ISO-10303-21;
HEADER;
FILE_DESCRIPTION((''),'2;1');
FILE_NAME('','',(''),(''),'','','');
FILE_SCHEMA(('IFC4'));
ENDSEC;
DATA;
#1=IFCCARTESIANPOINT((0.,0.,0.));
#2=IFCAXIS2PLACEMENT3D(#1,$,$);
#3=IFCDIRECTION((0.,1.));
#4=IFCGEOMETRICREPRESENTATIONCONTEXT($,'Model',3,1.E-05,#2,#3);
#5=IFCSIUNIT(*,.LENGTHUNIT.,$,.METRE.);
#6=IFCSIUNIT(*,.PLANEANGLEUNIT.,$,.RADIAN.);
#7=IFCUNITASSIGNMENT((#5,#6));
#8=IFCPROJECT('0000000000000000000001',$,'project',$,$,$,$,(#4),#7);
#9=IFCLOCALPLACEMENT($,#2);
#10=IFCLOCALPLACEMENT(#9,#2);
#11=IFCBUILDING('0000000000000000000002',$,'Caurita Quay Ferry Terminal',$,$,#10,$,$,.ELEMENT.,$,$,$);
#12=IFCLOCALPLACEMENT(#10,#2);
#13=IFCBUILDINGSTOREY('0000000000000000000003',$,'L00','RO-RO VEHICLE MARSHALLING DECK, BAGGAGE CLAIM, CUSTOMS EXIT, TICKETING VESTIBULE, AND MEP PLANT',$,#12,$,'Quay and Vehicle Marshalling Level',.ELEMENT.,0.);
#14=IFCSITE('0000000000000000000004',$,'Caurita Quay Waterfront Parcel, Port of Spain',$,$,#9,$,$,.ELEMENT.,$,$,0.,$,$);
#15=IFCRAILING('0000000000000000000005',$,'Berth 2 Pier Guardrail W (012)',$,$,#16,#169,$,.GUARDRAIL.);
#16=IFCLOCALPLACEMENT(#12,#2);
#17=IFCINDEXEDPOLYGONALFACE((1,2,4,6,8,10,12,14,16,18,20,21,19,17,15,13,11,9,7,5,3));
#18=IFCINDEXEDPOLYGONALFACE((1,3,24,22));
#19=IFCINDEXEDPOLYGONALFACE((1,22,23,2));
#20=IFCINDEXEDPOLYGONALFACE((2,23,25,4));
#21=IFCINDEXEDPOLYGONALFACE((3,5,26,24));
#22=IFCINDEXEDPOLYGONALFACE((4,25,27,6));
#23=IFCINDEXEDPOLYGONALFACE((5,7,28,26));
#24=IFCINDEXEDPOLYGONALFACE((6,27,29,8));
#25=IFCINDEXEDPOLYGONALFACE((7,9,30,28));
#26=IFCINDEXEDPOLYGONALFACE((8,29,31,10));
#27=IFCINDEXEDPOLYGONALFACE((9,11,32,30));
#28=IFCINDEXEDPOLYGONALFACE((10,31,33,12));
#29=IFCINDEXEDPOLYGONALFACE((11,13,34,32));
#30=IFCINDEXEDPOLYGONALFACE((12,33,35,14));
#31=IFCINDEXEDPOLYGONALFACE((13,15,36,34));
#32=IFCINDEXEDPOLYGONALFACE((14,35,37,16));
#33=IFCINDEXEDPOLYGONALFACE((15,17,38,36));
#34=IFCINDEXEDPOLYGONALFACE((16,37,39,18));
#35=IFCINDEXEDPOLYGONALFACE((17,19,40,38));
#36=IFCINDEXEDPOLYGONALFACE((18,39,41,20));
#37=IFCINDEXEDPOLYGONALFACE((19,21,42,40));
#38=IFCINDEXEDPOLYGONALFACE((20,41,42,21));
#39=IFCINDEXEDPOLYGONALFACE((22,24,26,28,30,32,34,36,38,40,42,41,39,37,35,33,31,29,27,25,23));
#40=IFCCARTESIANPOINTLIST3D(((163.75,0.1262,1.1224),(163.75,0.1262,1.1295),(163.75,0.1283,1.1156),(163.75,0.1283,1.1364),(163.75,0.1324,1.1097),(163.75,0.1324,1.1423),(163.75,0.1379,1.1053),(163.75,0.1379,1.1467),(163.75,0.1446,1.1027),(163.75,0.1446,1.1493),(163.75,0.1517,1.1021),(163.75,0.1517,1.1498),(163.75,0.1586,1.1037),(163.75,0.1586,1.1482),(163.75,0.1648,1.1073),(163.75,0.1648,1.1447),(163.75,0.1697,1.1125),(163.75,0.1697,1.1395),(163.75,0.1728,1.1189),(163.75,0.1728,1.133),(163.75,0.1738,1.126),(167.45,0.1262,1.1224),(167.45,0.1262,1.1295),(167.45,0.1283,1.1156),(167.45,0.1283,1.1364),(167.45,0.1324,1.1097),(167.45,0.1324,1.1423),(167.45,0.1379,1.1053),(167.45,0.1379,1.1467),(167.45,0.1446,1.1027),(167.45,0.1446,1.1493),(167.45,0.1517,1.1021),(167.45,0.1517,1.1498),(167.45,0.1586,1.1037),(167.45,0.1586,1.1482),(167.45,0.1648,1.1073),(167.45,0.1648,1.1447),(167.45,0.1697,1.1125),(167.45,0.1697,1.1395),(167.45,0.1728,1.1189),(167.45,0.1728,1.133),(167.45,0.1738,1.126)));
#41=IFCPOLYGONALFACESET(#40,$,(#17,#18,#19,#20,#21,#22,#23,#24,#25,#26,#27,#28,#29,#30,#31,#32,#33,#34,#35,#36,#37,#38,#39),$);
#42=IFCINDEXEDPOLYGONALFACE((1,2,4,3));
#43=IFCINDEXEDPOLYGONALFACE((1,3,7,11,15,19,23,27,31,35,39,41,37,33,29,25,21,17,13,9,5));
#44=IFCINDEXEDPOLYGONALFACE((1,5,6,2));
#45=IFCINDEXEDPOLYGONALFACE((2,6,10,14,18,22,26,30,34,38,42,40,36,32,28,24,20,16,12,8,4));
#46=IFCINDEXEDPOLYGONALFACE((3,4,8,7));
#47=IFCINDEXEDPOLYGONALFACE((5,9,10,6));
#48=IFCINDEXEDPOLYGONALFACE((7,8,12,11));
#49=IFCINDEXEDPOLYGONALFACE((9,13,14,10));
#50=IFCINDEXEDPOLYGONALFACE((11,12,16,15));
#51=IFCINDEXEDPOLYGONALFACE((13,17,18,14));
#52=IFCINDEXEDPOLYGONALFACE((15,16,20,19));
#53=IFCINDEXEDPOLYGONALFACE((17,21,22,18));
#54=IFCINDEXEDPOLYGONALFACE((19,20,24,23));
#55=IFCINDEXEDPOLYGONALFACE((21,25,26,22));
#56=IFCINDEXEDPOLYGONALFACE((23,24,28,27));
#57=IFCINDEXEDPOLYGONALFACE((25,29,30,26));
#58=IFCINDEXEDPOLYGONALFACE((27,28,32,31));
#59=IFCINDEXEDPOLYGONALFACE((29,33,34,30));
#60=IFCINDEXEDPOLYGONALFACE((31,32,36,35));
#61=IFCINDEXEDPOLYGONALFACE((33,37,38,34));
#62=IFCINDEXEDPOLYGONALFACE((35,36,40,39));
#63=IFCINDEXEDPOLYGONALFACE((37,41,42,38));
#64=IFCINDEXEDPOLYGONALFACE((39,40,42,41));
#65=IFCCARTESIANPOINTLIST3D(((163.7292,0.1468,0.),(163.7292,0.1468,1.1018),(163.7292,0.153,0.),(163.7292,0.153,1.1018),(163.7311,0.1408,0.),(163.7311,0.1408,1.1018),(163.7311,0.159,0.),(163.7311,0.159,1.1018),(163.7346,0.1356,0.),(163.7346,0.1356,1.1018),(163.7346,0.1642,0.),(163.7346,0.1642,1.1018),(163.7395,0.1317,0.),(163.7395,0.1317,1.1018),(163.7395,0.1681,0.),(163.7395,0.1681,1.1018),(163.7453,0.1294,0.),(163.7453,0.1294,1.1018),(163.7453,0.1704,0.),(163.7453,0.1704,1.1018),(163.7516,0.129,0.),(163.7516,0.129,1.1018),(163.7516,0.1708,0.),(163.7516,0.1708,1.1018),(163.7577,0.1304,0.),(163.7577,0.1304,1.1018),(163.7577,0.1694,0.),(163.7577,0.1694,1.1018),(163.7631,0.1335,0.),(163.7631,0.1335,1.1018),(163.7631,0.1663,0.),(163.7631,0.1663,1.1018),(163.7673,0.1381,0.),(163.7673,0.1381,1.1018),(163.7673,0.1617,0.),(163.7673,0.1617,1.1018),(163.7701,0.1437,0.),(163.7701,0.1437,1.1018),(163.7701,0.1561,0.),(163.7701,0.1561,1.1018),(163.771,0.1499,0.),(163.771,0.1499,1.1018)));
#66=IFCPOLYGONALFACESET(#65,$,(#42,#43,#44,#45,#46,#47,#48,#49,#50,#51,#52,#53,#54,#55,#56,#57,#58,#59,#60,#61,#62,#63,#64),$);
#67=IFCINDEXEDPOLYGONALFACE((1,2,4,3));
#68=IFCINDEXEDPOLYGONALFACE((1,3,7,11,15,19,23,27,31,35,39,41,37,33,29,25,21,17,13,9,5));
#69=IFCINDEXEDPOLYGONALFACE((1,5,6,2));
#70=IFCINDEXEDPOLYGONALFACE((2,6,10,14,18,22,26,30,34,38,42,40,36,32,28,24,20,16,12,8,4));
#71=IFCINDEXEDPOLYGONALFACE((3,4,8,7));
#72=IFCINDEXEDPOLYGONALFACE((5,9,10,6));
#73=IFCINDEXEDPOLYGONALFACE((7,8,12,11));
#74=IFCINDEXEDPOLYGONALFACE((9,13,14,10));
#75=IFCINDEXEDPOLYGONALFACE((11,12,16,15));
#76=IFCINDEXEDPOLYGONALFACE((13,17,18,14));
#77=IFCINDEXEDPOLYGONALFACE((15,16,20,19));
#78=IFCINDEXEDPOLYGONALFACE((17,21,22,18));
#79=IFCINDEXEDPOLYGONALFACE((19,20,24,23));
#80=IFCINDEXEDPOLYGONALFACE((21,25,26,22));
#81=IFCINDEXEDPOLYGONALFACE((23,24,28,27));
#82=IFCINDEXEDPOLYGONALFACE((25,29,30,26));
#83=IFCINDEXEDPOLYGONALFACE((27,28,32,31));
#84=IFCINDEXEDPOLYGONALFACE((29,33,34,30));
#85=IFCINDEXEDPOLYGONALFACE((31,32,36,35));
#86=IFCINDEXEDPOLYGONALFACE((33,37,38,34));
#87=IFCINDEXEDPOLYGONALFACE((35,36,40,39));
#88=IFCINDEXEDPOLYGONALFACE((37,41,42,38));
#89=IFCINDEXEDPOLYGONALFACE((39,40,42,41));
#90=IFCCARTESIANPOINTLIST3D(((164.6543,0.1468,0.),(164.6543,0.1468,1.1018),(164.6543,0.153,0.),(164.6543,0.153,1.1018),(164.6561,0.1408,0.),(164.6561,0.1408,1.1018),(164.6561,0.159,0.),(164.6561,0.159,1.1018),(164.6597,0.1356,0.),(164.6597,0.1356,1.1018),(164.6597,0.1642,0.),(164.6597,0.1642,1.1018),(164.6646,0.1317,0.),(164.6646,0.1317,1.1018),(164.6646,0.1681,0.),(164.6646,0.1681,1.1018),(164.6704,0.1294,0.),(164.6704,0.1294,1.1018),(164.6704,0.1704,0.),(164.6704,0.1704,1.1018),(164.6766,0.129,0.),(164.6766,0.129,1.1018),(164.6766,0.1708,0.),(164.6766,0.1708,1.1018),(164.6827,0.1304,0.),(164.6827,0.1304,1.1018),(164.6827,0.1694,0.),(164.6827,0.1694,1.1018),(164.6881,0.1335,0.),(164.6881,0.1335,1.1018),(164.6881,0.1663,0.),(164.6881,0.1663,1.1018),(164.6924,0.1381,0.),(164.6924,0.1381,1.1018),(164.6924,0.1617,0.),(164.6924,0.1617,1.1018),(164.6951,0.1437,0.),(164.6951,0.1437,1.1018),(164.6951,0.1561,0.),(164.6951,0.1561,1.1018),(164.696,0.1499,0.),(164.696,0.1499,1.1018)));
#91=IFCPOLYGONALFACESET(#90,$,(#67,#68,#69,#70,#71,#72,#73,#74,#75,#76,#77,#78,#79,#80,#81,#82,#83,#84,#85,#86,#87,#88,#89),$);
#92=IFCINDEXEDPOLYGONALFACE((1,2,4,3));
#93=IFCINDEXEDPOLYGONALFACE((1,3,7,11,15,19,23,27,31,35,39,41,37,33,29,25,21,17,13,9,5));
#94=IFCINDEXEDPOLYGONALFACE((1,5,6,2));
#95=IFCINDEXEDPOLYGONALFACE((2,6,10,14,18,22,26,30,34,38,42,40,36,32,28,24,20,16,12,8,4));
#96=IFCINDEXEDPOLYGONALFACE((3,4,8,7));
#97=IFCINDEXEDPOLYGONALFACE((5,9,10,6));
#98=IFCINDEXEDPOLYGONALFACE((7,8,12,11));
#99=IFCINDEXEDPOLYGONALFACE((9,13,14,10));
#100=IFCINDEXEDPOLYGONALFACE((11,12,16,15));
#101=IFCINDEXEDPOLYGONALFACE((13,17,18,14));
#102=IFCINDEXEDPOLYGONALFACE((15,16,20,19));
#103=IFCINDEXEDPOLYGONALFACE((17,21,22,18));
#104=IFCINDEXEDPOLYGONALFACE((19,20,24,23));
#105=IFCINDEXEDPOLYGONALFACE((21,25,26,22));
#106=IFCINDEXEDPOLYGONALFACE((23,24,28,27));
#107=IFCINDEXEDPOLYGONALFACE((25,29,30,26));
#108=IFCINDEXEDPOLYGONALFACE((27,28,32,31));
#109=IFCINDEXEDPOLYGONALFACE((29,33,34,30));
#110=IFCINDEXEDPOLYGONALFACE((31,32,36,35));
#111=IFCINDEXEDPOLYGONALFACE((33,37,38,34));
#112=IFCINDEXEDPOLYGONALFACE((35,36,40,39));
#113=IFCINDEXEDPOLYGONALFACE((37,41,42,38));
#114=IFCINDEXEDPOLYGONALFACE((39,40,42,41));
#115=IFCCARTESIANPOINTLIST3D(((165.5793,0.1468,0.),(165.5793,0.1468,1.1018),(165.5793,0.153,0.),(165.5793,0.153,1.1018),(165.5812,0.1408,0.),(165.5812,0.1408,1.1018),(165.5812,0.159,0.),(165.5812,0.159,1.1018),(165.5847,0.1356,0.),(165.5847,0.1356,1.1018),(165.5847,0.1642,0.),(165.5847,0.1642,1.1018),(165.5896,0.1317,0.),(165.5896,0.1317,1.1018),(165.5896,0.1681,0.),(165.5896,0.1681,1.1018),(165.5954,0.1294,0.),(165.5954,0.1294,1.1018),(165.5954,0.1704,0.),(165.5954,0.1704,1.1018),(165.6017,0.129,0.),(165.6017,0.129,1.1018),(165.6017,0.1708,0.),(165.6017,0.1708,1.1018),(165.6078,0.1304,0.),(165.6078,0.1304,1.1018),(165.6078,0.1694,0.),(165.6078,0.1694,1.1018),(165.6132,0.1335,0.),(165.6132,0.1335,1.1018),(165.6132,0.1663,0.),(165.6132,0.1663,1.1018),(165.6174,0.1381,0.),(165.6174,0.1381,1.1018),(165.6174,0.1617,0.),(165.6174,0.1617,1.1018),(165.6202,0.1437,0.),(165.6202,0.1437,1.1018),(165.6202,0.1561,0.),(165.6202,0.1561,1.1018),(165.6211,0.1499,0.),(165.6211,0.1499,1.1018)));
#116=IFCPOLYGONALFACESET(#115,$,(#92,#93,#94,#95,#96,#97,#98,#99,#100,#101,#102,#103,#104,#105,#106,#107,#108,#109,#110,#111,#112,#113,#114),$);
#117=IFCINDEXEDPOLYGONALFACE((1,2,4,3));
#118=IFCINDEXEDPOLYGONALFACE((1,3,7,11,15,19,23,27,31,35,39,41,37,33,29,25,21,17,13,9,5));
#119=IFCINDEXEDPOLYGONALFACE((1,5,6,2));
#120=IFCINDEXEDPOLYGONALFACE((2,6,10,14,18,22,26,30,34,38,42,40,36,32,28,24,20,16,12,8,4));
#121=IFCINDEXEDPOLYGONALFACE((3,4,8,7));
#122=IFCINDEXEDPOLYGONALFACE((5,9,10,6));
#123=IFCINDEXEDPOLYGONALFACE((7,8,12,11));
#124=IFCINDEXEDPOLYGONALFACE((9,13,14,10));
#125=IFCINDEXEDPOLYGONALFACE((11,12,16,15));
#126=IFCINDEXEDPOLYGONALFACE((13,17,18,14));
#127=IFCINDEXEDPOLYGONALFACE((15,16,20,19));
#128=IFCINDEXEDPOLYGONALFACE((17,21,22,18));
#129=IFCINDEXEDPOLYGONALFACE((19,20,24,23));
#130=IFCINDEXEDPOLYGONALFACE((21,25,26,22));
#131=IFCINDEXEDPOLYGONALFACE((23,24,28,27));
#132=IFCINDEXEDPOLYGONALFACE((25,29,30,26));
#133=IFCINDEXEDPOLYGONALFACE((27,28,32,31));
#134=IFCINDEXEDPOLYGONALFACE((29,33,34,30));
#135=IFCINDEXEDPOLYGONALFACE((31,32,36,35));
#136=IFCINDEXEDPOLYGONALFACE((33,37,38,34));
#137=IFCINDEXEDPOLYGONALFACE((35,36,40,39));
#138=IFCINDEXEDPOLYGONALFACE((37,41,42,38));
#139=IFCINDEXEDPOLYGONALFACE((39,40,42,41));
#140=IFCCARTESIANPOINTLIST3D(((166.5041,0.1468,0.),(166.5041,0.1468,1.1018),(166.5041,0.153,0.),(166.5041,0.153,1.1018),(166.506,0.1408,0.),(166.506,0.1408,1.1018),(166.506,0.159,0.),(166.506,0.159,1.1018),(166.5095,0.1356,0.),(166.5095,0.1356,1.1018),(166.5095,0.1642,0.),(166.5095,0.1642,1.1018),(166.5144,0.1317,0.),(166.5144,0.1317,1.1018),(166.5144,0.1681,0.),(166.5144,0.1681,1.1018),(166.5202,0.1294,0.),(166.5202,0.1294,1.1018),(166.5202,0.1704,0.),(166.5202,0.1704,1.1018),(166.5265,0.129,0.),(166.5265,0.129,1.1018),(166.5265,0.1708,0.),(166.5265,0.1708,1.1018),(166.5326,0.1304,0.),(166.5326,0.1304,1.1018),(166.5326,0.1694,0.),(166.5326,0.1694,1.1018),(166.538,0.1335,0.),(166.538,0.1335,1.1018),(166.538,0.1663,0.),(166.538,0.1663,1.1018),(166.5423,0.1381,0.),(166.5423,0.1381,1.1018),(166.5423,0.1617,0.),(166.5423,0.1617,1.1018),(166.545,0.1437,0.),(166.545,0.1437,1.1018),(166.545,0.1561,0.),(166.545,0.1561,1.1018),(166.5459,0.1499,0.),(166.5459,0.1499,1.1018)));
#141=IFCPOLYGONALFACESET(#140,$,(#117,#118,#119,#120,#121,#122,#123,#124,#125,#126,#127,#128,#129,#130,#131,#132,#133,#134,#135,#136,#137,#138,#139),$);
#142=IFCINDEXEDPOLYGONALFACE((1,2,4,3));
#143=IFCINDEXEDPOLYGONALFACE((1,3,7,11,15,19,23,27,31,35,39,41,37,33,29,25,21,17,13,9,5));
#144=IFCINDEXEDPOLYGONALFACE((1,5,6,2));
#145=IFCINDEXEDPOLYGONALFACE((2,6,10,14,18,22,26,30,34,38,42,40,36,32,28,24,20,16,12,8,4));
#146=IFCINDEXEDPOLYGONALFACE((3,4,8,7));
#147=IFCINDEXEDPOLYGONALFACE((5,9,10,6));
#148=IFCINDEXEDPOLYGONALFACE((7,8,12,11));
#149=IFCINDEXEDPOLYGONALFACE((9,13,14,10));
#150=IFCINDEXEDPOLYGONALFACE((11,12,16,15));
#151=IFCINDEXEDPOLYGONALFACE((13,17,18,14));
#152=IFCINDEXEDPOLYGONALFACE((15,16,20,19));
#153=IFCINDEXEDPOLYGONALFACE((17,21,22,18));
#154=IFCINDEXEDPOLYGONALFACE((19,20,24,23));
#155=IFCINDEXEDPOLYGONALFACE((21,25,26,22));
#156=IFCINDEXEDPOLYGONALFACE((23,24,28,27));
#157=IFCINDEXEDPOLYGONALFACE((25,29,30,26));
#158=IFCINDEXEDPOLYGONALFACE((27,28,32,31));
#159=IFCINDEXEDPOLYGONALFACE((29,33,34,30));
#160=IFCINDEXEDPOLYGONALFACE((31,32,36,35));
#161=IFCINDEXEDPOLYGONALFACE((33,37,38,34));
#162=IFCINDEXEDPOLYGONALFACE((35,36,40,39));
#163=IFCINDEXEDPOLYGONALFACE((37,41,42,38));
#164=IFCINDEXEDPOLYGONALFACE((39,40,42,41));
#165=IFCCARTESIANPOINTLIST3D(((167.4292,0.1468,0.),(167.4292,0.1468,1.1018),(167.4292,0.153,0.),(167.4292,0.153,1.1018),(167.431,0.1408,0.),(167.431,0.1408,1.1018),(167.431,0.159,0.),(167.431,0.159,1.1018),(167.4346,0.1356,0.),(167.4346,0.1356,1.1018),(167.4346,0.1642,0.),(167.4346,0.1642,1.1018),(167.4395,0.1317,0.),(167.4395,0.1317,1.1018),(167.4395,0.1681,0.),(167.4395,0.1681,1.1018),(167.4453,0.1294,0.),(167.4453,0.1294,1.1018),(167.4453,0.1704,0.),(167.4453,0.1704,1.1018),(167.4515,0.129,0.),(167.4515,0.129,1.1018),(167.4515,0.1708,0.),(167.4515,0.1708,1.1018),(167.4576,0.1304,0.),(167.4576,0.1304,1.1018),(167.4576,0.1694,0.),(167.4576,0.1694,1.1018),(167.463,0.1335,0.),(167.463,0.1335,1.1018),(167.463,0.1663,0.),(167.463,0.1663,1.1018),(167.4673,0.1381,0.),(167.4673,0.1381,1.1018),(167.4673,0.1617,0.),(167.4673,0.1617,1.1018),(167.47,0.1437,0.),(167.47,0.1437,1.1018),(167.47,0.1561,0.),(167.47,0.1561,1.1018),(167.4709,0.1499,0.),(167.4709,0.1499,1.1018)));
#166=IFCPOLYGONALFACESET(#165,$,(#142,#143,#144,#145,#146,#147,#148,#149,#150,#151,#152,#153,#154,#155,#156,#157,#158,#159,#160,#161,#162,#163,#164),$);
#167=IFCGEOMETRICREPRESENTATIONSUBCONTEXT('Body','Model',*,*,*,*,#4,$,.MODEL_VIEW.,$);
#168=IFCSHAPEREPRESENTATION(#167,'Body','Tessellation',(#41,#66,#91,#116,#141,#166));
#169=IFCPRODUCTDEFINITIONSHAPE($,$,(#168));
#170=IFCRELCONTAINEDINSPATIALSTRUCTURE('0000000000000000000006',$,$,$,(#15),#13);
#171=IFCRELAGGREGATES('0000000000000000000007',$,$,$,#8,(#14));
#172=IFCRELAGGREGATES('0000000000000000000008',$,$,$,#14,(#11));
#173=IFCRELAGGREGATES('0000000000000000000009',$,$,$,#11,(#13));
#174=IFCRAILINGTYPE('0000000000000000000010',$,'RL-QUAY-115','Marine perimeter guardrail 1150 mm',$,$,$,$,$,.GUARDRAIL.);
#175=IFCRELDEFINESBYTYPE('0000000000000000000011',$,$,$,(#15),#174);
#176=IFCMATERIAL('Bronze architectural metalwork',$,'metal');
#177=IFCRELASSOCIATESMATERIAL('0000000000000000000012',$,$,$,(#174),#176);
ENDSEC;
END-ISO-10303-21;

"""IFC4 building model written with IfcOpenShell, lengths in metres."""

from ifc_helpers import new_model, si_unit, direction, frame, origin, origin_2d, place, context, subcontext, project, spatial, circle, extrude, material, type_object, element, save


model = new_model("IFC4")

# Units and contexts
model_context = context("Model", 3, precision=1e-05, world=origin(), true_north=direction((0.0, 1.0)))
body_context = subcontext(model_context, "Body", "Model", "MODEL_VIEW")
ifc_project = project(units=[si_unit("LENGTHUNIT", "METRE"), si_unit("PLANEANGLEUNIT", "RADIAN")], contexts=[model_context])

# Site, building, storey
site_placement = place(None, origin())
site = spatial("IfcSite", under=ifc_project, at=site_placement, Name="Caurita Quay Waterfront Parcel, Port of Spain", CompositionType="ELEMENT", RefElevation=0.0)
building_placement = place(site_placement, origin())
building = spatial("IfcBuilding", under=site, at=building_placement, Name="Caurita Quay Ferry Terminal", CompositionType="ELEMENT")
storey_placement = place(building_placement, origin())
storey = spatial("IfcBuildingStorey", under=building, at=storey_placement, Name="L00", Description="RO-RO VEHICLE MARSHALLING DECK, BAGGAGE CLAIM, CUSTOMS EXIT, TICKETING VESTIBULE, AND MEP PLANT", LongName="Quay and Vehicle Marshalling Level", CompositionType="ELEMENT", Elevation=0.0)

# Railing
ifc_material_1 = material(Name="Bronze architectural metalwork", Category="metal")
railing_type_1 = type_object("IfcRailingType", Name="RL-QUAY-115", Description="Marine perimeter guardrail 1150 mm", PredefinedType="GUARDRAIL", material=ifc_material_1)
railing_1_placement = place(storey_placement, frame((163.75, 0.1499, 0.0)))
element("IfcRailing", 1, at=railing_1_placement, inside=storey, type_object=railing_type_1, Name="Berth 2 Pier Guardrail W (012)", PredefinedType="GUARDRAIL", context=body_context, shape_type="SweptSolid", body=[
    extrude(circle(Radius=0.0239, at=origin_2d()), frame((0.0, 0.0, 1.126), z_axis=(1.0, 0.0, 0.0), x_axis=(0.0, 1.0, 0.0)), (0.0, 0.0, 1.0), 3.7),
    extrude(circle(Radius=0.021, at=origin_2d()), origin(), (0.0, 0.0, 1.0), 1.1018),
    extrude(circle(Radius=0.021, at=origin_2d()), frame((0.925, 0.0, 0.0)), (0.0, 0.0, 1.0), 1.1018),
    extrude(circle(Radius=0.021, at=origin_2d()), frame((1.8501, 0.0, 0.0)), (0.0, 0.0, 1.0), 1.1018),
    extrude(circle(Radius=0.021, at=origin_2d()), frame((2.7749, 0.0, 0.0)), (0.0, 0.0, 1.0), 1.1018),
    extrude(circle(Radius=0.021, at=origin_2d()), frame((3.7, 0.0, 0.0)), (0.0, 0.0, 1.0), 1.1018),
])

save(model, "model.ifc")
